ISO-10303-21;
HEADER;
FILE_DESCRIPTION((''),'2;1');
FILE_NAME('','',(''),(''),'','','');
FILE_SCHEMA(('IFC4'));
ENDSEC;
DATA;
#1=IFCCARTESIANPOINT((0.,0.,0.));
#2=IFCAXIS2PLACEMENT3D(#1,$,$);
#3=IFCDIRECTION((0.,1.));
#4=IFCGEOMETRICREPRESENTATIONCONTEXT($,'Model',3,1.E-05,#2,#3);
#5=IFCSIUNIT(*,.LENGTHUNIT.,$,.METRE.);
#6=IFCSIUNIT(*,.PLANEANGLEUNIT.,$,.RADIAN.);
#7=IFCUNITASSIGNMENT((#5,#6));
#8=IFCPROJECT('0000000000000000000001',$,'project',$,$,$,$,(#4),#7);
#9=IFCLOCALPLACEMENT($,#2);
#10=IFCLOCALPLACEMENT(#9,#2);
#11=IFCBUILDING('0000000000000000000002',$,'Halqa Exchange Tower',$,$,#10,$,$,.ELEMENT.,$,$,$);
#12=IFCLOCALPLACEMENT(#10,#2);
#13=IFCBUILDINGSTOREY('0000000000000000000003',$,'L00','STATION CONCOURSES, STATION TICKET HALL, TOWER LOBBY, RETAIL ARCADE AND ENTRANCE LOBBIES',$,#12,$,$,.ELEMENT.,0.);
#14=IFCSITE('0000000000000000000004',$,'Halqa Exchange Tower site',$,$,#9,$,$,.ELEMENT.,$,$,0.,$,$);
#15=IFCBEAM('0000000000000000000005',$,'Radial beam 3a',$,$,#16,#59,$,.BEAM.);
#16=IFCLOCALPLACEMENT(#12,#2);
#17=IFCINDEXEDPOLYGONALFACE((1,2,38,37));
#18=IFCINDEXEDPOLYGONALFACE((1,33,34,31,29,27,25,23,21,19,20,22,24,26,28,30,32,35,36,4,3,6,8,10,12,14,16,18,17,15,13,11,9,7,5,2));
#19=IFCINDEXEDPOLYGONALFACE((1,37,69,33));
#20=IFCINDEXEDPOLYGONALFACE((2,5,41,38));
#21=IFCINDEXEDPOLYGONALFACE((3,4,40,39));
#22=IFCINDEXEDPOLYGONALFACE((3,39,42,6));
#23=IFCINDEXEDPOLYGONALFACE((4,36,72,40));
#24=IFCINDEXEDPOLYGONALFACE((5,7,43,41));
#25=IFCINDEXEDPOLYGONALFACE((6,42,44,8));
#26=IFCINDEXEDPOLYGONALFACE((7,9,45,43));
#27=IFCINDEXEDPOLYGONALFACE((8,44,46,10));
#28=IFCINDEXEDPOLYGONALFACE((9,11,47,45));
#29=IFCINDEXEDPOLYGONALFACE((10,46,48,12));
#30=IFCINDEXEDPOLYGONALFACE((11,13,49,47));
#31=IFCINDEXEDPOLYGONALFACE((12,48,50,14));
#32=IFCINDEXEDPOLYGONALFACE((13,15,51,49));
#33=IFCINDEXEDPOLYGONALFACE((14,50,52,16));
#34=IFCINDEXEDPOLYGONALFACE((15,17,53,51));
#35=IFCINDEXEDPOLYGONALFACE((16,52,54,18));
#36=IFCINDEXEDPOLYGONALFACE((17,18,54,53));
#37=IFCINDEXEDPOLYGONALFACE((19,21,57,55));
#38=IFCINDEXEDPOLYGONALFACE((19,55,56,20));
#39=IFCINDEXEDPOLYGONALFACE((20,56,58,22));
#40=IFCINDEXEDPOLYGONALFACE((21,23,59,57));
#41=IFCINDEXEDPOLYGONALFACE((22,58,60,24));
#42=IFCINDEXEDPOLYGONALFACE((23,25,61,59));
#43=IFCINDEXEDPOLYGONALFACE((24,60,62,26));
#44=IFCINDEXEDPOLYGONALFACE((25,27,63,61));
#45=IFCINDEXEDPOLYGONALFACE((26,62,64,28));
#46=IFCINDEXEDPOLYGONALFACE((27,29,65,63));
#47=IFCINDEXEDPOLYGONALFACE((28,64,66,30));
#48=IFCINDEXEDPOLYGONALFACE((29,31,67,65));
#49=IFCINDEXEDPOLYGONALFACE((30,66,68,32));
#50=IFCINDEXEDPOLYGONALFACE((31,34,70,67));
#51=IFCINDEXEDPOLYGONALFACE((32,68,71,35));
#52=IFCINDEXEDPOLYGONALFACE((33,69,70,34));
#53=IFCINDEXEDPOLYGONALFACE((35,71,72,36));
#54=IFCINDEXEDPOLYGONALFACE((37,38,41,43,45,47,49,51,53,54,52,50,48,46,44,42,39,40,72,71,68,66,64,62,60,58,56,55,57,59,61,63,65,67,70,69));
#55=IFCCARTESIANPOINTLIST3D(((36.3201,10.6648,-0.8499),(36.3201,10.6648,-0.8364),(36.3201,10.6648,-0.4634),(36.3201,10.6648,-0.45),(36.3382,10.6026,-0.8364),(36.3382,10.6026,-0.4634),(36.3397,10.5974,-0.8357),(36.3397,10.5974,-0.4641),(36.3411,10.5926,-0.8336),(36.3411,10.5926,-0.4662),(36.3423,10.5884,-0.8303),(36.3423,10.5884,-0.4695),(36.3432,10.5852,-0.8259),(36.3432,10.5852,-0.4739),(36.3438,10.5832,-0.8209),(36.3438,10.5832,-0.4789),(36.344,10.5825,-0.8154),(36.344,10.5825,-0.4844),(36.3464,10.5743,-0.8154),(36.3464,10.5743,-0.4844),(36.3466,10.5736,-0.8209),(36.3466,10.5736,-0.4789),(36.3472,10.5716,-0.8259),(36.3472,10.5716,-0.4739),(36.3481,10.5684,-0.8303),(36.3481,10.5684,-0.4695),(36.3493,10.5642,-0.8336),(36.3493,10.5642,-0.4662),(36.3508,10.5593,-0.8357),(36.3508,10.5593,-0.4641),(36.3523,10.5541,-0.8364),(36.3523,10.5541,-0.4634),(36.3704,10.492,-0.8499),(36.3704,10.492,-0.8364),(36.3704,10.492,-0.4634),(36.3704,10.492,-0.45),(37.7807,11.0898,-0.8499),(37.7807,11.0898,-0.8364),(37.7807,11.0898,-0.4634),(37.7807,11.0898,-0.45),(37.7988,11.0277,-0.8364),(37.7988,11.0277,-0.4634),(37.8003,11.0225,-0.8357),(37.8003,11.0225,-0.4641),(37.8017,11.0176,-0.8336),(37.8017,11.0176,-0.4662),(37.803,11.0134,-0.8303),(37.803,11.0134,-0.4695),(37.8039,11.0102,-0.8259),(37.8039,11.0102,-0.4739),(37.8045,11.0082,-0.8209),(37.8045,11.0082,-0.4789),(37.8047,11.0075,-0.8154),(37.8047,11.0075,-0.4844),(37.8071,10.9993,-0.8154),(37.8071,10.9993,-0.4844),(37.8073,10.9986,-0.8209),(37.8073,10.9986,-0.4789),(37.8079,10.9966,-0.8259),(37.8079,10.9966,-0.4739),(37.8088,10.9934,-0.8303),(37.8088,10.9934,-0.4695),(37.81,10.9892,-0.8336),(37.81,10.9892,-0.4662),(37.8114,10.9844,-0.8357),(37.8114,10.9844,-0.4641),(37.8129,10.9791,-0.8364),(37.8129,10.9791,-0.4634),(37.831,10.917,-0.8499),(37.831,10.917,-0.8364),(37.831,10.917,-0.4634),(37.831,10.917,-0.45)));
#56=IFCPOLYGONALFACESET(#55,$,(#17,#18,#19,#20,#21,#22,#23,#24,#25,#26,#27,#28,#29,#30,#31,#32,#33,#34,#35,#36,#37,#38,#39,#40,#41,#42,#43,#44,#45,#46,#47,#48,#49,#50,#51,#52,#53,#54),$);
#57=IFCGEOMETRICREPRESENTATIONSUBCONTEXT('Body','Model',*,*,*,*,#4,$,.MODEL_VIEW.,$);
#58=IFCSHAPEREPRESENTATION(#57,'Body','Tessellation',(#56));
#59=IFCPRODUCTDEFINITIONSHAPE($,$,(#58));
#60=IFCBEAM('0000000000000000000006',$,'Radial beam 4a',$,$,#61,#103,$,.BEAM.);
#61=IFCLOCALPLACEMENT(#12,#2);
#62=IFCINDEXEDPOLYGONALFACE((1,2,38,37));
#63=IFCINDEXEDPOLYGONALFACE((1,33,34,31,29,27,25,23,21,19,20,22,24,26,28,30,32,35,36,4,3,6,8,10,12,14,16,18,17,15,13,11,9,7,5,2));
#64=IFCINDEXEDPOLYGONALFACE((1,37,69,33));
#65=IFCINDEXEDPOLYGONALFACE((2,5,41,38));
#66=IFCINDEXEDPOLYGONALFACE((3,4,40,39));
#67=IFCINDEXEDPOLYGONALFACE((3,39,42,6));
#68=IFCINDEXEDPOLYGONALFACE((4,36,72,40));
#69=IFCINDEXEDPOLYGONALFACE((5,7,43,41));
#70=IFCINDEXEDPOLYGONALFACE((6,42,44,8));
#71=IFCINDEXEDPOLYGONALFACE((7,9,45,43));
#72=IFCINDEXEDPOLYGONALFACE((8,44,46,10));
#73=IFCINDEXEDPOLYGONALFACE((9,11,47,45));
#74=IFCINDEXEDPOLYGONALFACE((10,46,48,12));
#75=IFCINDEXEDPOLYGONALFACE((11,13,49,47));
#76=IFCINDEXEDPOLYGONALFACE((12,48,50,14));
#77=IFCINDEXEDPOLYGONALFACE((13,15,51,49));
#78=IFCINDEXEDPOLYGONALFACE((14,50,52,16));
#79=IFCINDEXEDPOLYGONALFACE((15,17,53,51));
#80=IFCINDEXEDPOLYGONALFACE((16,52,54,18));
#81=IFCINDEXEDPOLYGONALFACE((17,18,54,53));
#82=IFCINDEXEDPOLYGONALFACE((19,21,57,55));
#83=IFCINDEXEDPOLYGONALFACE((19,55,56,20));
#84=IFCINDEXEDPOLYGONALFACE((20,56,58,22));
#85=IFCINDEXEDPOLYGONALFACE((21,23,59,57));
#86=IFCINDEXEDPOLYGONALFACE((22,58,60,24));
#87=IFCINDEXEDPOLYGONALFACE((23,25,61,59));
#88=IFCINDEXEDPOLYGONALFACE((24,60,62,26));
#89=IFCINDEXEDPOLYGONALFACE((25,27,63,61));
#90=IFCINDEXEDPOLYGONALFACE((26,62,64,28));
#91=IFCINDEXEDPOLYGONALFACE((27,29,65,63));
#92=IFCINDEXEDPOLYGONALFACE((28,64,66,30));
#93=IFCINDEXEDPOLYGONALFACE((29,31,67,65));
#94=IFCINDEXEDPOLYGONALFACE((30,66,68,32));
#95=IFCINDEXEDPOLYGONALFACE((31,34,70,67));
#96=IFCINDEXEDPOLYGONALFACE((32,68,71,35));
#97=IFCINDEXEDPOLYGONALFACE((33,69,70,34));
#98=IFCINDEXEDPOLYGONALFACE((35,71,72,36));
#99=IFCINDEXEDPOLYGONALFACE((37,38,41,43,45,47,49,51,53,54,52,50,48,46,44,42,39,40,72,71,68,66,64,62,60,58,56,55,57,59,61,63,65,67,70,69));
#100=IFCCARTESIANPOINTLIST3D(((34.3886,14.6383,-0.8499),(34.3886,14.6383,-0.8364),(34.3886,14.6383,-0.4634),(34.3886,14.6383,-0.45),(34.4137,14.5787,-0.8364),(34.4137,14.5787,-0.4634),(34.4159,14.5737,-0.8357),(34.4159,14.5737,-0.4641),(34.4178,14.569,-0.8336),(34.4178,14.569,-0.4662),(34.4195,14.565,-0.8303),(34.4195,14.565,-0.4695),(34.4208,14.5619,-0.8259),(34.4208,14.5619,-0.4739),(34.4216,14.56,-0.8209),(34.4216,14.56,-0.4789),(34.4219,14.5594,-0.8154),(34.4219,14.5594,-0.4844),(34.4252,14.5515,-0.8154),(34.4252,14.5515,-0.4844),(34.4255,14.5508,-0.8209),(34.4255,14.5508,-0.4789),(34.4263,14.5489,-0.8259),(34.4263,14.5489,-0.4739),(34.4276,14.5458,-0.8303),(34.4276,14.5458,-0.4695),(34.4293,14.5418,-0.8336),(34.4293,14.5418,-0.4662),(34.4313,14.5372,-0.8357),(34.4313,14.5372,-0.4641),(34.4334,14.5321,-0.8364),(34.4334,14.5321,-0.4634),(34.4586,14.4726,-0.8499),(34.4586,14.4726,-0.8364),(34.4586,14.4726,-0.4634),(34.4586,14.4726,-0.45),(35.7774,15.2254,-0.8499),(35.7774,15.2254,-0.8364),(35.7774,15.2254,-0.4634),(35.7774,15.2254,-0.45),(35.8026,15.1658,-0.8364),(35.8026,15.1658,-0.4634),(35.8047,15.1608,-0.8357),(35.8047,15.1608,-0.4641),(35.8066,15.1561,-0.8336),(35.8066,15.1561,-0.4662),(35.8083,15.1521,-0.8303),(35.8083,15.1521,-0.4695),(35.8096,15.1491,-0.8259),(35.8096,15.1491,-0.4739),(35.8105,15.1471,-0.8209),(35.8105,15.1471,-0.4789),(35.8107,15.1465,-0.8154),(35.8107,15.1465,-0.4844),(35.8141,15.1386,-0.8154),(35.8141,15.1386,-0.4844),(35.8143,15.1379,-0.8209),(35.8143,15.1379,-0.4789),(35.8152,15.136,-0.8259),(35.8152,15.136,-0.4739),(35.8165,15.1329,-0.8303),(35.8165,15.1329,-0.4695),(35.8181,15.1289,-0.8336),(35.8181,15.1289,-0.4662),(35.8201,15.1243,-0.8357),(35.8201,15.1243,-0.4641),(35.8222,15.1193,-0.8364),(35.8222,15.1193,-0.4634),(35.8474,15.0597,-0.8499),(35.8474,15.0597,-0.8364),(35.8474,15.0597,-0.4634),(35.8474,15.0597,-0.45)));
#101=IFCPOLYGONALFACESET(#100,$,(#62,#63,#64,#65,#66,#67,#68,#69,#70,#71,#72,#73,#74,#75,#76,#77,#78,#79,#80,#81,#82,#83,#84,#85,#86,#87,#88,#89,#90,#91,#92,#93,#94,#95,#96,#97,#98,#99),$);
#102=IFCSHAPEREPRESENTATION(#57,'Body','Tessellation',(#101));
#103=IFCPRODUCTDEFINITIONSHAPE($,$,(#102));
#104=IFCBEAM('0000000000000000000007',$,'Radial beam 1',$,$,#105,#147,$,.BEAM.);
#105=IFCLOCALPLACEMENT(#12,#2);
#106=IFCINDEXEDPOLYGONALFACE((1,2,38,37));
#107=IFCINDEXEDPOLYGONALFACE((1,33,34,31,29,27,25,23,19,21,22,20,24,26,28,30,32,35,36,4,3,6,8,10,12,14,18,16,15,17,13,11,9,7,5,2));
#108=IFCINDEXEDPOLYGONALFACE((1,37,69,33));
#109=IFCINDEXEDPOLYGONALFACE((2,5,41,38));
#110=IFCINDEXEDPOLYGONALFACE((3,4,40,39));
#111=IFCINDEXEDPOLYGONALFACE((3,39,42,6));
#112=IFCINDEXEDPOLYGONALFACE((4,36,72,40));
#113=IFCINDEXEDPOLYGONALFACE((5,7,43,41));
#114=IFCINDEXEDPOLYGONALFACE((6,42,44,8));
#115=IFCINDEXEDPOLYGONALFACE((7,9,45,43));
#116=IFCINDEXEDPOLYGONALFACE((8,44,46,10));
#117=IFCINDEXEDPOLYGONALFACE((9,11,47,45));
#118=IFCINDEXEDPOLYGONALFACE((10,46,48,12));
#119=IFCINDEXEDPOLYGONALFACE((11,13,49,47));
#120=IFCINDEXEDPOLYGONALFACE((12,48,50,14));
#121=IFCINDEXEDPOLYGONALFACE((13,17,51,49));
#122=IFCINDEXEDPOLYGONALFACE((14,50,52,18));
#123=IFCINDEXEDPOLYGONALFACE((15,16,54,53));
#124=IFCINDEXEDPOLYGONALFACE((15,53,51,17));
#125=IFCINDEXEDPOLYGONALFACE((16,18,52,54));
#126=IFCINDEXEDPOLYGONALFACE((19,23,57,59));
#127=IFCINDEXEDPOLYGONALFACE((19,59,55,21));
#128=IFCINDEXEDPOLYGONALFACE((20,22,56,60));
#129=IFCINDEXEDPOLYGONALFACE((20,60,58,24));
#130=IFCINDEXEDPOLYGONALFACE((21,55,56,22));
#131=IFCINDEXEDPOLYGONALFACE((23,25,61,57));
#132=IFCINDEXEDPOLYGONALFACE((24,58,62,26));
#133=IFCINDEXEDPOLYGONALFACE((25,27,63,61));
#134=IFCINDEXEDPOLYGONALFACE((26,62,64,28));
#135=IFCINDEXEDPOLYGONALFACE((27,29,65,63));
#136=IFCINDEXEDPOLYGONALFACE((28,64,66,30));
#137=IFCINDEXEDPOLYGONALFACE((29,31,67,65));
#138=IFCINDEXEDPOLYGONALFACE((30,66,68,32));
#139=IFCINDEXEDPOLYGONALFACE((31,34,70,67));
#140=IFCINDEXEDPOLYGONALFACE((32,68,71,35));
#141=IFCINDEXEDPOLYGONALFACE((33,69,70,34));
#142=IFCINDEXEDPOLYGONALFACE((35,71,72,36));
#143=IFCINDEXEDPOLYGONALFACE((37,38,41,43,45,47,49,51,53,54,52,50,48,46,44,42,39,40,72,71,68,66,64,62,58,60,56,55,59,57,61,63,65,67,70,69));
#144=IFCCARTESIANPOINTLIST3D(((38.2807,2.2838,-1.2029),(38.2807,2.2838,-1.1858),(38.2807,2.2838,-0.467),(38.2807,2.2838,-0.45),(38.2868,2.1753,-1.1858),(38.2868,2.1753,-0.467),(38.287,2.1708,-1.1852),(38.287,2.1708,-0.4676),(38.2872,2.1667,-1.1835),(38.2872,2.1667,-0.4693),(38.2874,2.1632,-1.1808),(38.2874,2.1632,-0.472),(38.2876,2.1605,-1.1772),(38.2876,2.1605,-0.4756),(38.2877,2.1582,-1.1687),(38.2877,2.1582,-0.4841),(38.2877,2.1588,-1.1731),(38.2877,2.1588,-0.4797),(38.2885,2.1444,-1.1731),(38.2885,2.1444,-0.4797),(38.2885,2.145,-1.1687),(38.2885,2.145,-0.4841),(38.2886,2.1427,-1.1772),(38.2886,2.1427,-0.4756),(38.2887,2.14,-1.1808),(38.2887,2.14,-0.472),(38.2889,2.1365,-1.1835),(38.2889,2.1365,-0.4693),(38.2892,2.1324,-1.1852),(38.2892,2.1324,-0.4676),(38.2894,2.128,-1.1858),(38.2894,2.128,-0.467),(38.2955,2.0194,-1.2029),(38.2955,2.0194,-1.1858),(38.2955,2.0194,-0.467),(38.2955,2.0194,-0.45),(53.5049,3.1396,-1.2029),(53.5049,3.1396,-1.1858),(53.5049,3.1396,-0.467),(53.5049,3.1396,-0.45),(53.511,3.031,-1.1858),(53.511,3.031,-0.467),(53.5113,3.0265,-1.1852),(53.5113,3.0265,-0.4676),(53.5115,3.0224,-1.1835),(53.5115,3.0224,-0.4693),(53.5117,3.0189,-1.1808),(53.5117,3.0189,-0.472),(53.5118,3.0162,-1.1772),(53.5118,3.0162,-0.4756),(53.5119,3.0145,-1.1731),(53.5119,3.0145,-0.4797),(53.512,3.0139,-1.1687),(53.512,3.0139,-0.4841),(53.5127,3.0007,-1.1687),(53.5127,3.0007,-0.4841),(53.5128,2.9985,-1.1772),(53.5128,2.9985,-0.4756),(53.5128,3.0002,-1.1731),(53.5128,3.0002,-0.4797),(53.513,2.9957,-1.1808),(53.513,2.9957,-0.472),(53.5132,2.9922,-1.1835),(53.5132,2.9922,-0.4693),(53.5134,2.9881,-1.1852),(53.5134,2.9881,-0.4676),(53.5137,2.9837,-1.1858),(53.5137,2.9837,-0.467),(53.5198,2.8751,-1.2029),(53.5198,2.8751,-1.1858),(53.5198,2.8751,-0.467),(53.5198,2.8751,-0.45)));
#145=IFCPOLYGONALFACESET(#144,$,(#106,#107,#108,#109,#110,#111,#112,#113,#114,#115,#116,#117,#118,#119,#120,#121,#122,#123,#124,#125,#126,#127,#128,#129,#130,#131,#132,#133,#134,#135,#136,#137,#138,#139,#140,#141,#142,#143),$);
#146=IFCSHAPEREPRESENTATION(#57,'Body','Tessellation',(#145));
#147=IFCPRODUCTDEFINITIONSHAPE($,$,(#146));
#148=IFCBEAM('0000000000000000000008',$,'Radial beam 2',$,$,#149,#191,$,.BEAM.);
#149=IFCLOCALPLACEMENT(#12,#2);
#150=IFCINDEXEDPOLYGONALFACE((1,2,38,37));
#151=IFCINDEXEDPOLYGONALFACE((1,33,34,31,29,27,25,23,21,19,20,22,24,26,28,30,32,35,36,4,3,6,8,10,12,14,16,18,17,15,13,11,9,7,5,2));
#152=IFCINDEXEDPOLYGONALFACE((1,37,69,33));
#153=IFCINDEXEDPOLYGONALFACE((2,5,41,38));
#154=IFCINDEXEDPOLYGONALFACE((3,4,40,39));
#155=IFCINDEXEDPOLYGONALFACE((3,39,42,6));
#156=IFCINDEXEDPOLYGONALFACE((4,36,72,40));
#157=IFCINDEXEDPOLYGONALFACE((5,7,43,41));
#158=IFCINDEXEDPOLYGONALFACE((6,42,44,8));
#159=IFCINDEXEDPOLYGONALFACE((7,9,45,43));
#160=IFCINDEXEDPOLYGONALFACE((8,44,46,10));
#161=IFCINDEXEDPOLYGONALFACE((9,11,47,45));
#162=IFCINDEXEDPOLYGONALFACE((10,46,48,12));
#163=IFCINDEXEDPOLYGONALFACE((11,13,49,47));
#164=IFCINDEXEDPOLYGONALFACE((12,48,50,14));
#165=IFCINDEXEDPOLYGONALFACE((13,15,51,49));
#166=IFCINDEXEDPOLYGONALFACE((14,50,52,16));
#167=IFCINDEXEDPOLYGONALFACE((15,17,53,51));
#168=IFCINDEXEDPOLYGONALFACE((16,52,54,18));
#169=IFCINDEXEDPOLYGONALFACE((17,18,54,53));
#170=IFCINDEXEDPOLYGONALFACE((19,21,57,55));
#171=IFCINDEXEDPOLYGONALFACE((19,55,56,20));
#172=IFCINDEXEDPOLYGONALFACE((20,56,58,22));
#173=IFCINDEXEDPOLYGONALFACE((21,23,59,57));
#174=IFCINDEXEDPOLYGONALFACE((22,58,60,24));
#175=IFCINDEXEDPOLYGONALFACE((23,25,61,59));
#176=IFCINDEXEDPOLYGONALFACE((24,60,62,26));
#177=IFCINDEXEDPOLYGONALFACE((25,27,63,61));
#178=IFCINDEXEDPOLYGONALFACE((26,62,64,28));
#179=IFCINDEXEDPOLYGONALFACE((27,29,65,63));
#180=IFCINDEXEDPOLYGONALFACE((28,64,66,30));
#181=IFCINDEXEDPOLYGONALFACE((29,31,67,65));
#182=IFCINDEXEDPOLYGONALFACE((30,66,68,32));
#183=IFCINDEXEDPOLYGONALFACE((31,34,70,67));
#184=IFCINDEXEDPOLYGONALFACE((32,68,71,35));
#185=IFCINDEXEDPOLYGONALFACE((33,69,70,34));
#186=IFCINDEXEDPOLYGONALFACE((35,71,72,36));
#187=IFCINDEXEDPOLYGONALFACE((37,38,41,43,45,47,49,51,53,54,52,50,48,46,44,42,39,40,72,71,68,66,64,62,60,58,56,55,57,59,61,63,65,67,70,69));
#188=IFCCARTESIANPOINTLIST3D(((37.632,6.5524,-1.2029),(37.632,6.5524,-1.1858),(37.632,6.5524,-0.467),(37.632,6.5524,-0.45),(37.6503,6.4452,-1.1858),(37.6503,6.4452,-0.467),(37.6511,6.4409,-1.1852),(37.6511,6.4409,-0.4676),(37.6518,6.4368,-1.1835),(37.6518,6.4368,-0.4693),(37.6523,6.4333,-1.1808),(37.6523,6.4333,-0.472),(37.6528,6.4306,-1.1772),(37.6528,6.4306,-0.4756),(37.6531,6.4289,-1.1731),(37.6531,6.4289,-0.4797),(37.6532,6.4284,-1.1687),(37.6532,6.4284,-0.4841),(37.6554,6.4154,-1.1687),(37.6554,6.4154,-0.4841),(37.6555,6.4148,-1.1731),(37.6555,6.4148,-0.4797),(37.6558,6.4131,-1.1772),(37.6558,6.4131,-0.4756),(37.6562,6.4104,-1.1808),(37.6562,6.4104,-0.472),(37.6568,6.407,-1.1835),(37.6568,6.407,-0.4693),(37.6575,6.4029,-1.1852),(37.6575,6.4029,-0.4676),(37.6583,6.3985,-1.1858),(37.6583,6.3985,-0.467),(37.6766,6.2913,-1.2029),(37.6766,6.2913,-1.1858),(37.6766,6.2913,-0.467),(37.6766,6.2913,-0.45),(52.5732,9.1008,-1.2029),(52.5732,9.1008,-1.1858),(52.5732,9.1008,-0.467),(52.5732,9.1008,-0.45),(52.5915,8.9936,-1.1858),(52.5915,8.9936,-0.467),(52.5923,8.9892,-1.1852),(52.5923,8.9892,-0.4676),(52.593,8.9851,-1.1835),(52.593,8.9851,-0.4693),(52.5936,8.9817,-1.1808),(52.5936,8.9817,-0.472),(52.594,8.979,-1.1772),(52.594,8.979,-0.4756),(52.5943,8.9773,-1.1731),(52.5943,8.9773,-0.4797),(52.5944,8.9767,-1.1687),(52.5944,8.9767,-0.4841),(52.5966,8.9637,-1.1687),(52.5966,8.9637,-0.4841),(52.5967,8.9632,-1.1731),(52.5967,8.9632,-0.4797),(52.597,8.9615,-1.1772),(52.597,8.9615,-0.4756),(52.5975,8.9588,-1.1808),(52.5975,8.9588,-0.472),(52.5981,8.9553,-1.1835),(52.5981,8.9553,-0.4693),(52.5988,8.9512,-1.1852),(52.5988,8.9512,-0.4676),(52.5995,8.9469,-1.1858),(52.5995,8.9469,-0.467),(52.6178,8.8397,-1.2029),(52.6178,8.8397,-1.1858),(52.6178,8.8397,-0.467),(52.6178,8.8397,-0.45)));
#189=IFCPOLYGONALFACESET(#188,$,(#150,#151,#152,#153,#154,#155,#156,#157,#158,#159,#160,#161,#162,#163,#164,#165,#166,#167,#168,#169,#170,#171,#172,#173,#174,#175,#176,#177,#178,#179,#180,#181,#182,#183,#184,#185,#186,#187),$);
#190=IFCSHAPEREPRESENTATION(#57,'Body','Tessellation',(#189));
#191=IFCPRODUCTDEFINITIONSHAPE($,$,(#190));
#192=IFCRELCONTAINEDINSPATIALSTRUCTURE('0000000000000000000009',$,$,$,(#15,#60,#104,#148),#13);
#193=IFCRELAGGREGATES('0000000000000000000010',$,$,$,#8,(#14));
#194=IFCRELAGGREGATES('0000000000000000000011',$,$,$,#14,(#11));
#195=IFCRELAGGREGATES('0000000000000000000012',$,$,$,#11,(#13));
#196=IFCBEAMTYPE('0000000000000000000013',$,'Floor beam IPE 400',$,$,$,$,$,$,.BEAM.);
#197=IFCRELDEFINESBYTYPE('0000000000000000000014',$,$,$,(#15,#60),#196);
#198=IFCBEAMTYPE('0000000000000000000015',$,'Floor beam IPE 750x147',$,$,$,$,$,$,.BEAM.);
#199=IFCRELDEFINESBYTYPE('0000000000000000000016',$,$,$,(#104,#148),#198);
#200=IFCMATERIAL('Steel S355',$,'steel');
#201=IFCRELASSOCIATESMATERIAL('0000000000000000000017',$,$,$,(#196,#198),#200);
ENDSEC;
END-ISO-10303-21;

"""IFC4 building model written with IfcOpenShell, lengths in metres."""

from ifc_helpers import new_model, si_unit, direction, frame, origin, origin_2d, place, context, subcontext, project, spatial, i_section, extrude, material, material_profile, profile_set, type_object, element, save


model = new_model("IFC4")

# Units and contexts
model_context = context("Model", 3, precision=1e-05, world=origin(), true_north=direction((0.0, 1.0)))
body_context = subcontext(model_context, "Body", "Model", "MODEL_VIEW")
ifc_project = project(units=[si_unit("LENGTHUNIT", "METRE"), si_unit("PLANEANGLEUNIT", "RADIAN")], contexts=[model_context])

# Site, building, storey
site_placement = place(None, origin())
site = spatial("IfcSite", under=ifc_project, at=site_placement, Name="Halqa Exchange Tower site", CompositionType="ELEMENT", RefElevation=0.0)
building_placement = place(site_placement, origin())
building = spatial("IfcBuilding", under=site, at=building_placement, Name="Halqa Exchange Tower", CompositionType="ELEMENT")
storey_placement = place(building_placement, origin())
storey = spatial("IfcBuildingStorey", under=building, at=storey_placement, Name="L00", Description="STATION CONCOURSES, STATION TICKET HALL, TOWER LOBBY, RETAIL ARCADE AND ENTRANCE LOBBIES", CompositionType="ELEMENT", Elevation=0.0)

# Beams
ifc_material_1 = material(Name="Steel S355", Category="steel")
ifc_material_profile_1 = material_profile(ifc_material_1, i_section(OverallWidth=0.1799, OverallDepth=0.3999, WebThickness=0.0085, FlangeThickness=0.0134, FilletRadius=0.021, at=origin_2d()), Name="IPE 400")
ifc_profile_set_1 = profile_set([ifc_material_profile_1], Name="Steel S355")
beam_type_1 = type_object("IfcBeamType", Name="Floor beam IPE 400", PredefinedType="BEAM", material=ifc_profile_set_1)
beam_1_placement = place(storey_placement, frame((36.3452, 10.5784, -0.6499), z_axis=(0.960174, 0.279402, 0.0), x_axis=(-0.279402, 0.960174, 0.0)))
element("IfcBeam", 1, at=beam_1_placement, inside=storey, type_object=beam_type_1, Name="Radial beam 3a", PredefinedType="BEAM", context=body_context, shape_type="SweptSolid", body=[
    extrude(i_section(OverallWidth=0.1799, OverallDepth=0.3999, WebThickness=0.0085, FlangeThickness=0.0134, FilletRadius=0.021, at=origin_2d()), origin(), (0.0, 0.0, 1.0), 1.5212),
])
beam_2_placement = place(storey_placement, frame((34.4236, 14.5554, -0.6499), z_axis=(0.921077, 0.389381, 0.0), x_axis=(-0.389381, 0.921077, 0.0)))
element("IfcBeam", 2, at=beam_2_placement, inside=storey, type_object=beam_type_1, Name="Radial beam 4a", PredefinedType="BEAM", context=body_context, shape_type="SweptSolid", body=[
    extrude(i_section(OverallWidth=0.1799, OverallDepth=0.3999, WebThickness=0.0085, FlangeThickness=0.0134, FilletRadius=0.021, at=origin_2d()), origin(), (0.0, 0.0, 1.0), 1.5078),
])
ifc_material_profile_2 = material_profile(ifc_material_1, i_section(OverallWidth=0.2649, OverallDepth=0.7529, WebThickness=0.0132, FlangeThickness=0.0171, FilletRadius=0.0171, at=origin_2d()), Name="IPE 750x147")
ifc_profile_set_2 = profile_set([ifc_material_profile_2], Name="Steel S355")
beam_type_2 = type_object("IfcBeamType", Name="Floor beam IPE 750x147", PredefinedType="BEAM", material=ifc_profile_set_2)
beam_3_placement = place(storey_placement, frame((38.2881, 2.1516, -0.8264), z_axis=(0.998424, 0.056118, 0.0), x_axis=(-0.056118, 0.998424, 0.0)))
element("IfcBeam", 3, at=beam_3_placement, inside=storey, type_object=beam_type_2, Name="Radial beam 1", PredefinedType="BEAM", context=body_context, shape_type="SweptSolid", body=[
    extrude(i_section(OverallWidth=0.2649, OverallDepth=0.7529, WebThickness=0.0132, FlangeThickness=0.0171, FilletRadius=0.0171, at=origin_2d()), origin(), (0.0, 0.0, 1.0), 15.2483),
])
beam_4_placement = place(storey_placement, frame((37.6543, 6.4219, -0.8264), z_axis=(0.985765, 0.16813, 0.0), x_axis=(-0.16813, 0.985765, 0.0)))
element("IfcBeam", 4, at=beam_4_placement, inside=storey, type_object=beam_type_2, Name="Radial beam 2", PredefinedType="BEAM", context=body_context, shape_type="SweptSolid", body=[
    extrude(i_section(OverallWidth=0.2649, OverallDepth=0.7529, WebThickness=0.0132, FlangeThickness=0.0171, FilletRadius=0.0171, at=origin_2d()), origin(), (0.0, 0.0, 1.0), 15.157),
])

save(model, "model.ifc")
